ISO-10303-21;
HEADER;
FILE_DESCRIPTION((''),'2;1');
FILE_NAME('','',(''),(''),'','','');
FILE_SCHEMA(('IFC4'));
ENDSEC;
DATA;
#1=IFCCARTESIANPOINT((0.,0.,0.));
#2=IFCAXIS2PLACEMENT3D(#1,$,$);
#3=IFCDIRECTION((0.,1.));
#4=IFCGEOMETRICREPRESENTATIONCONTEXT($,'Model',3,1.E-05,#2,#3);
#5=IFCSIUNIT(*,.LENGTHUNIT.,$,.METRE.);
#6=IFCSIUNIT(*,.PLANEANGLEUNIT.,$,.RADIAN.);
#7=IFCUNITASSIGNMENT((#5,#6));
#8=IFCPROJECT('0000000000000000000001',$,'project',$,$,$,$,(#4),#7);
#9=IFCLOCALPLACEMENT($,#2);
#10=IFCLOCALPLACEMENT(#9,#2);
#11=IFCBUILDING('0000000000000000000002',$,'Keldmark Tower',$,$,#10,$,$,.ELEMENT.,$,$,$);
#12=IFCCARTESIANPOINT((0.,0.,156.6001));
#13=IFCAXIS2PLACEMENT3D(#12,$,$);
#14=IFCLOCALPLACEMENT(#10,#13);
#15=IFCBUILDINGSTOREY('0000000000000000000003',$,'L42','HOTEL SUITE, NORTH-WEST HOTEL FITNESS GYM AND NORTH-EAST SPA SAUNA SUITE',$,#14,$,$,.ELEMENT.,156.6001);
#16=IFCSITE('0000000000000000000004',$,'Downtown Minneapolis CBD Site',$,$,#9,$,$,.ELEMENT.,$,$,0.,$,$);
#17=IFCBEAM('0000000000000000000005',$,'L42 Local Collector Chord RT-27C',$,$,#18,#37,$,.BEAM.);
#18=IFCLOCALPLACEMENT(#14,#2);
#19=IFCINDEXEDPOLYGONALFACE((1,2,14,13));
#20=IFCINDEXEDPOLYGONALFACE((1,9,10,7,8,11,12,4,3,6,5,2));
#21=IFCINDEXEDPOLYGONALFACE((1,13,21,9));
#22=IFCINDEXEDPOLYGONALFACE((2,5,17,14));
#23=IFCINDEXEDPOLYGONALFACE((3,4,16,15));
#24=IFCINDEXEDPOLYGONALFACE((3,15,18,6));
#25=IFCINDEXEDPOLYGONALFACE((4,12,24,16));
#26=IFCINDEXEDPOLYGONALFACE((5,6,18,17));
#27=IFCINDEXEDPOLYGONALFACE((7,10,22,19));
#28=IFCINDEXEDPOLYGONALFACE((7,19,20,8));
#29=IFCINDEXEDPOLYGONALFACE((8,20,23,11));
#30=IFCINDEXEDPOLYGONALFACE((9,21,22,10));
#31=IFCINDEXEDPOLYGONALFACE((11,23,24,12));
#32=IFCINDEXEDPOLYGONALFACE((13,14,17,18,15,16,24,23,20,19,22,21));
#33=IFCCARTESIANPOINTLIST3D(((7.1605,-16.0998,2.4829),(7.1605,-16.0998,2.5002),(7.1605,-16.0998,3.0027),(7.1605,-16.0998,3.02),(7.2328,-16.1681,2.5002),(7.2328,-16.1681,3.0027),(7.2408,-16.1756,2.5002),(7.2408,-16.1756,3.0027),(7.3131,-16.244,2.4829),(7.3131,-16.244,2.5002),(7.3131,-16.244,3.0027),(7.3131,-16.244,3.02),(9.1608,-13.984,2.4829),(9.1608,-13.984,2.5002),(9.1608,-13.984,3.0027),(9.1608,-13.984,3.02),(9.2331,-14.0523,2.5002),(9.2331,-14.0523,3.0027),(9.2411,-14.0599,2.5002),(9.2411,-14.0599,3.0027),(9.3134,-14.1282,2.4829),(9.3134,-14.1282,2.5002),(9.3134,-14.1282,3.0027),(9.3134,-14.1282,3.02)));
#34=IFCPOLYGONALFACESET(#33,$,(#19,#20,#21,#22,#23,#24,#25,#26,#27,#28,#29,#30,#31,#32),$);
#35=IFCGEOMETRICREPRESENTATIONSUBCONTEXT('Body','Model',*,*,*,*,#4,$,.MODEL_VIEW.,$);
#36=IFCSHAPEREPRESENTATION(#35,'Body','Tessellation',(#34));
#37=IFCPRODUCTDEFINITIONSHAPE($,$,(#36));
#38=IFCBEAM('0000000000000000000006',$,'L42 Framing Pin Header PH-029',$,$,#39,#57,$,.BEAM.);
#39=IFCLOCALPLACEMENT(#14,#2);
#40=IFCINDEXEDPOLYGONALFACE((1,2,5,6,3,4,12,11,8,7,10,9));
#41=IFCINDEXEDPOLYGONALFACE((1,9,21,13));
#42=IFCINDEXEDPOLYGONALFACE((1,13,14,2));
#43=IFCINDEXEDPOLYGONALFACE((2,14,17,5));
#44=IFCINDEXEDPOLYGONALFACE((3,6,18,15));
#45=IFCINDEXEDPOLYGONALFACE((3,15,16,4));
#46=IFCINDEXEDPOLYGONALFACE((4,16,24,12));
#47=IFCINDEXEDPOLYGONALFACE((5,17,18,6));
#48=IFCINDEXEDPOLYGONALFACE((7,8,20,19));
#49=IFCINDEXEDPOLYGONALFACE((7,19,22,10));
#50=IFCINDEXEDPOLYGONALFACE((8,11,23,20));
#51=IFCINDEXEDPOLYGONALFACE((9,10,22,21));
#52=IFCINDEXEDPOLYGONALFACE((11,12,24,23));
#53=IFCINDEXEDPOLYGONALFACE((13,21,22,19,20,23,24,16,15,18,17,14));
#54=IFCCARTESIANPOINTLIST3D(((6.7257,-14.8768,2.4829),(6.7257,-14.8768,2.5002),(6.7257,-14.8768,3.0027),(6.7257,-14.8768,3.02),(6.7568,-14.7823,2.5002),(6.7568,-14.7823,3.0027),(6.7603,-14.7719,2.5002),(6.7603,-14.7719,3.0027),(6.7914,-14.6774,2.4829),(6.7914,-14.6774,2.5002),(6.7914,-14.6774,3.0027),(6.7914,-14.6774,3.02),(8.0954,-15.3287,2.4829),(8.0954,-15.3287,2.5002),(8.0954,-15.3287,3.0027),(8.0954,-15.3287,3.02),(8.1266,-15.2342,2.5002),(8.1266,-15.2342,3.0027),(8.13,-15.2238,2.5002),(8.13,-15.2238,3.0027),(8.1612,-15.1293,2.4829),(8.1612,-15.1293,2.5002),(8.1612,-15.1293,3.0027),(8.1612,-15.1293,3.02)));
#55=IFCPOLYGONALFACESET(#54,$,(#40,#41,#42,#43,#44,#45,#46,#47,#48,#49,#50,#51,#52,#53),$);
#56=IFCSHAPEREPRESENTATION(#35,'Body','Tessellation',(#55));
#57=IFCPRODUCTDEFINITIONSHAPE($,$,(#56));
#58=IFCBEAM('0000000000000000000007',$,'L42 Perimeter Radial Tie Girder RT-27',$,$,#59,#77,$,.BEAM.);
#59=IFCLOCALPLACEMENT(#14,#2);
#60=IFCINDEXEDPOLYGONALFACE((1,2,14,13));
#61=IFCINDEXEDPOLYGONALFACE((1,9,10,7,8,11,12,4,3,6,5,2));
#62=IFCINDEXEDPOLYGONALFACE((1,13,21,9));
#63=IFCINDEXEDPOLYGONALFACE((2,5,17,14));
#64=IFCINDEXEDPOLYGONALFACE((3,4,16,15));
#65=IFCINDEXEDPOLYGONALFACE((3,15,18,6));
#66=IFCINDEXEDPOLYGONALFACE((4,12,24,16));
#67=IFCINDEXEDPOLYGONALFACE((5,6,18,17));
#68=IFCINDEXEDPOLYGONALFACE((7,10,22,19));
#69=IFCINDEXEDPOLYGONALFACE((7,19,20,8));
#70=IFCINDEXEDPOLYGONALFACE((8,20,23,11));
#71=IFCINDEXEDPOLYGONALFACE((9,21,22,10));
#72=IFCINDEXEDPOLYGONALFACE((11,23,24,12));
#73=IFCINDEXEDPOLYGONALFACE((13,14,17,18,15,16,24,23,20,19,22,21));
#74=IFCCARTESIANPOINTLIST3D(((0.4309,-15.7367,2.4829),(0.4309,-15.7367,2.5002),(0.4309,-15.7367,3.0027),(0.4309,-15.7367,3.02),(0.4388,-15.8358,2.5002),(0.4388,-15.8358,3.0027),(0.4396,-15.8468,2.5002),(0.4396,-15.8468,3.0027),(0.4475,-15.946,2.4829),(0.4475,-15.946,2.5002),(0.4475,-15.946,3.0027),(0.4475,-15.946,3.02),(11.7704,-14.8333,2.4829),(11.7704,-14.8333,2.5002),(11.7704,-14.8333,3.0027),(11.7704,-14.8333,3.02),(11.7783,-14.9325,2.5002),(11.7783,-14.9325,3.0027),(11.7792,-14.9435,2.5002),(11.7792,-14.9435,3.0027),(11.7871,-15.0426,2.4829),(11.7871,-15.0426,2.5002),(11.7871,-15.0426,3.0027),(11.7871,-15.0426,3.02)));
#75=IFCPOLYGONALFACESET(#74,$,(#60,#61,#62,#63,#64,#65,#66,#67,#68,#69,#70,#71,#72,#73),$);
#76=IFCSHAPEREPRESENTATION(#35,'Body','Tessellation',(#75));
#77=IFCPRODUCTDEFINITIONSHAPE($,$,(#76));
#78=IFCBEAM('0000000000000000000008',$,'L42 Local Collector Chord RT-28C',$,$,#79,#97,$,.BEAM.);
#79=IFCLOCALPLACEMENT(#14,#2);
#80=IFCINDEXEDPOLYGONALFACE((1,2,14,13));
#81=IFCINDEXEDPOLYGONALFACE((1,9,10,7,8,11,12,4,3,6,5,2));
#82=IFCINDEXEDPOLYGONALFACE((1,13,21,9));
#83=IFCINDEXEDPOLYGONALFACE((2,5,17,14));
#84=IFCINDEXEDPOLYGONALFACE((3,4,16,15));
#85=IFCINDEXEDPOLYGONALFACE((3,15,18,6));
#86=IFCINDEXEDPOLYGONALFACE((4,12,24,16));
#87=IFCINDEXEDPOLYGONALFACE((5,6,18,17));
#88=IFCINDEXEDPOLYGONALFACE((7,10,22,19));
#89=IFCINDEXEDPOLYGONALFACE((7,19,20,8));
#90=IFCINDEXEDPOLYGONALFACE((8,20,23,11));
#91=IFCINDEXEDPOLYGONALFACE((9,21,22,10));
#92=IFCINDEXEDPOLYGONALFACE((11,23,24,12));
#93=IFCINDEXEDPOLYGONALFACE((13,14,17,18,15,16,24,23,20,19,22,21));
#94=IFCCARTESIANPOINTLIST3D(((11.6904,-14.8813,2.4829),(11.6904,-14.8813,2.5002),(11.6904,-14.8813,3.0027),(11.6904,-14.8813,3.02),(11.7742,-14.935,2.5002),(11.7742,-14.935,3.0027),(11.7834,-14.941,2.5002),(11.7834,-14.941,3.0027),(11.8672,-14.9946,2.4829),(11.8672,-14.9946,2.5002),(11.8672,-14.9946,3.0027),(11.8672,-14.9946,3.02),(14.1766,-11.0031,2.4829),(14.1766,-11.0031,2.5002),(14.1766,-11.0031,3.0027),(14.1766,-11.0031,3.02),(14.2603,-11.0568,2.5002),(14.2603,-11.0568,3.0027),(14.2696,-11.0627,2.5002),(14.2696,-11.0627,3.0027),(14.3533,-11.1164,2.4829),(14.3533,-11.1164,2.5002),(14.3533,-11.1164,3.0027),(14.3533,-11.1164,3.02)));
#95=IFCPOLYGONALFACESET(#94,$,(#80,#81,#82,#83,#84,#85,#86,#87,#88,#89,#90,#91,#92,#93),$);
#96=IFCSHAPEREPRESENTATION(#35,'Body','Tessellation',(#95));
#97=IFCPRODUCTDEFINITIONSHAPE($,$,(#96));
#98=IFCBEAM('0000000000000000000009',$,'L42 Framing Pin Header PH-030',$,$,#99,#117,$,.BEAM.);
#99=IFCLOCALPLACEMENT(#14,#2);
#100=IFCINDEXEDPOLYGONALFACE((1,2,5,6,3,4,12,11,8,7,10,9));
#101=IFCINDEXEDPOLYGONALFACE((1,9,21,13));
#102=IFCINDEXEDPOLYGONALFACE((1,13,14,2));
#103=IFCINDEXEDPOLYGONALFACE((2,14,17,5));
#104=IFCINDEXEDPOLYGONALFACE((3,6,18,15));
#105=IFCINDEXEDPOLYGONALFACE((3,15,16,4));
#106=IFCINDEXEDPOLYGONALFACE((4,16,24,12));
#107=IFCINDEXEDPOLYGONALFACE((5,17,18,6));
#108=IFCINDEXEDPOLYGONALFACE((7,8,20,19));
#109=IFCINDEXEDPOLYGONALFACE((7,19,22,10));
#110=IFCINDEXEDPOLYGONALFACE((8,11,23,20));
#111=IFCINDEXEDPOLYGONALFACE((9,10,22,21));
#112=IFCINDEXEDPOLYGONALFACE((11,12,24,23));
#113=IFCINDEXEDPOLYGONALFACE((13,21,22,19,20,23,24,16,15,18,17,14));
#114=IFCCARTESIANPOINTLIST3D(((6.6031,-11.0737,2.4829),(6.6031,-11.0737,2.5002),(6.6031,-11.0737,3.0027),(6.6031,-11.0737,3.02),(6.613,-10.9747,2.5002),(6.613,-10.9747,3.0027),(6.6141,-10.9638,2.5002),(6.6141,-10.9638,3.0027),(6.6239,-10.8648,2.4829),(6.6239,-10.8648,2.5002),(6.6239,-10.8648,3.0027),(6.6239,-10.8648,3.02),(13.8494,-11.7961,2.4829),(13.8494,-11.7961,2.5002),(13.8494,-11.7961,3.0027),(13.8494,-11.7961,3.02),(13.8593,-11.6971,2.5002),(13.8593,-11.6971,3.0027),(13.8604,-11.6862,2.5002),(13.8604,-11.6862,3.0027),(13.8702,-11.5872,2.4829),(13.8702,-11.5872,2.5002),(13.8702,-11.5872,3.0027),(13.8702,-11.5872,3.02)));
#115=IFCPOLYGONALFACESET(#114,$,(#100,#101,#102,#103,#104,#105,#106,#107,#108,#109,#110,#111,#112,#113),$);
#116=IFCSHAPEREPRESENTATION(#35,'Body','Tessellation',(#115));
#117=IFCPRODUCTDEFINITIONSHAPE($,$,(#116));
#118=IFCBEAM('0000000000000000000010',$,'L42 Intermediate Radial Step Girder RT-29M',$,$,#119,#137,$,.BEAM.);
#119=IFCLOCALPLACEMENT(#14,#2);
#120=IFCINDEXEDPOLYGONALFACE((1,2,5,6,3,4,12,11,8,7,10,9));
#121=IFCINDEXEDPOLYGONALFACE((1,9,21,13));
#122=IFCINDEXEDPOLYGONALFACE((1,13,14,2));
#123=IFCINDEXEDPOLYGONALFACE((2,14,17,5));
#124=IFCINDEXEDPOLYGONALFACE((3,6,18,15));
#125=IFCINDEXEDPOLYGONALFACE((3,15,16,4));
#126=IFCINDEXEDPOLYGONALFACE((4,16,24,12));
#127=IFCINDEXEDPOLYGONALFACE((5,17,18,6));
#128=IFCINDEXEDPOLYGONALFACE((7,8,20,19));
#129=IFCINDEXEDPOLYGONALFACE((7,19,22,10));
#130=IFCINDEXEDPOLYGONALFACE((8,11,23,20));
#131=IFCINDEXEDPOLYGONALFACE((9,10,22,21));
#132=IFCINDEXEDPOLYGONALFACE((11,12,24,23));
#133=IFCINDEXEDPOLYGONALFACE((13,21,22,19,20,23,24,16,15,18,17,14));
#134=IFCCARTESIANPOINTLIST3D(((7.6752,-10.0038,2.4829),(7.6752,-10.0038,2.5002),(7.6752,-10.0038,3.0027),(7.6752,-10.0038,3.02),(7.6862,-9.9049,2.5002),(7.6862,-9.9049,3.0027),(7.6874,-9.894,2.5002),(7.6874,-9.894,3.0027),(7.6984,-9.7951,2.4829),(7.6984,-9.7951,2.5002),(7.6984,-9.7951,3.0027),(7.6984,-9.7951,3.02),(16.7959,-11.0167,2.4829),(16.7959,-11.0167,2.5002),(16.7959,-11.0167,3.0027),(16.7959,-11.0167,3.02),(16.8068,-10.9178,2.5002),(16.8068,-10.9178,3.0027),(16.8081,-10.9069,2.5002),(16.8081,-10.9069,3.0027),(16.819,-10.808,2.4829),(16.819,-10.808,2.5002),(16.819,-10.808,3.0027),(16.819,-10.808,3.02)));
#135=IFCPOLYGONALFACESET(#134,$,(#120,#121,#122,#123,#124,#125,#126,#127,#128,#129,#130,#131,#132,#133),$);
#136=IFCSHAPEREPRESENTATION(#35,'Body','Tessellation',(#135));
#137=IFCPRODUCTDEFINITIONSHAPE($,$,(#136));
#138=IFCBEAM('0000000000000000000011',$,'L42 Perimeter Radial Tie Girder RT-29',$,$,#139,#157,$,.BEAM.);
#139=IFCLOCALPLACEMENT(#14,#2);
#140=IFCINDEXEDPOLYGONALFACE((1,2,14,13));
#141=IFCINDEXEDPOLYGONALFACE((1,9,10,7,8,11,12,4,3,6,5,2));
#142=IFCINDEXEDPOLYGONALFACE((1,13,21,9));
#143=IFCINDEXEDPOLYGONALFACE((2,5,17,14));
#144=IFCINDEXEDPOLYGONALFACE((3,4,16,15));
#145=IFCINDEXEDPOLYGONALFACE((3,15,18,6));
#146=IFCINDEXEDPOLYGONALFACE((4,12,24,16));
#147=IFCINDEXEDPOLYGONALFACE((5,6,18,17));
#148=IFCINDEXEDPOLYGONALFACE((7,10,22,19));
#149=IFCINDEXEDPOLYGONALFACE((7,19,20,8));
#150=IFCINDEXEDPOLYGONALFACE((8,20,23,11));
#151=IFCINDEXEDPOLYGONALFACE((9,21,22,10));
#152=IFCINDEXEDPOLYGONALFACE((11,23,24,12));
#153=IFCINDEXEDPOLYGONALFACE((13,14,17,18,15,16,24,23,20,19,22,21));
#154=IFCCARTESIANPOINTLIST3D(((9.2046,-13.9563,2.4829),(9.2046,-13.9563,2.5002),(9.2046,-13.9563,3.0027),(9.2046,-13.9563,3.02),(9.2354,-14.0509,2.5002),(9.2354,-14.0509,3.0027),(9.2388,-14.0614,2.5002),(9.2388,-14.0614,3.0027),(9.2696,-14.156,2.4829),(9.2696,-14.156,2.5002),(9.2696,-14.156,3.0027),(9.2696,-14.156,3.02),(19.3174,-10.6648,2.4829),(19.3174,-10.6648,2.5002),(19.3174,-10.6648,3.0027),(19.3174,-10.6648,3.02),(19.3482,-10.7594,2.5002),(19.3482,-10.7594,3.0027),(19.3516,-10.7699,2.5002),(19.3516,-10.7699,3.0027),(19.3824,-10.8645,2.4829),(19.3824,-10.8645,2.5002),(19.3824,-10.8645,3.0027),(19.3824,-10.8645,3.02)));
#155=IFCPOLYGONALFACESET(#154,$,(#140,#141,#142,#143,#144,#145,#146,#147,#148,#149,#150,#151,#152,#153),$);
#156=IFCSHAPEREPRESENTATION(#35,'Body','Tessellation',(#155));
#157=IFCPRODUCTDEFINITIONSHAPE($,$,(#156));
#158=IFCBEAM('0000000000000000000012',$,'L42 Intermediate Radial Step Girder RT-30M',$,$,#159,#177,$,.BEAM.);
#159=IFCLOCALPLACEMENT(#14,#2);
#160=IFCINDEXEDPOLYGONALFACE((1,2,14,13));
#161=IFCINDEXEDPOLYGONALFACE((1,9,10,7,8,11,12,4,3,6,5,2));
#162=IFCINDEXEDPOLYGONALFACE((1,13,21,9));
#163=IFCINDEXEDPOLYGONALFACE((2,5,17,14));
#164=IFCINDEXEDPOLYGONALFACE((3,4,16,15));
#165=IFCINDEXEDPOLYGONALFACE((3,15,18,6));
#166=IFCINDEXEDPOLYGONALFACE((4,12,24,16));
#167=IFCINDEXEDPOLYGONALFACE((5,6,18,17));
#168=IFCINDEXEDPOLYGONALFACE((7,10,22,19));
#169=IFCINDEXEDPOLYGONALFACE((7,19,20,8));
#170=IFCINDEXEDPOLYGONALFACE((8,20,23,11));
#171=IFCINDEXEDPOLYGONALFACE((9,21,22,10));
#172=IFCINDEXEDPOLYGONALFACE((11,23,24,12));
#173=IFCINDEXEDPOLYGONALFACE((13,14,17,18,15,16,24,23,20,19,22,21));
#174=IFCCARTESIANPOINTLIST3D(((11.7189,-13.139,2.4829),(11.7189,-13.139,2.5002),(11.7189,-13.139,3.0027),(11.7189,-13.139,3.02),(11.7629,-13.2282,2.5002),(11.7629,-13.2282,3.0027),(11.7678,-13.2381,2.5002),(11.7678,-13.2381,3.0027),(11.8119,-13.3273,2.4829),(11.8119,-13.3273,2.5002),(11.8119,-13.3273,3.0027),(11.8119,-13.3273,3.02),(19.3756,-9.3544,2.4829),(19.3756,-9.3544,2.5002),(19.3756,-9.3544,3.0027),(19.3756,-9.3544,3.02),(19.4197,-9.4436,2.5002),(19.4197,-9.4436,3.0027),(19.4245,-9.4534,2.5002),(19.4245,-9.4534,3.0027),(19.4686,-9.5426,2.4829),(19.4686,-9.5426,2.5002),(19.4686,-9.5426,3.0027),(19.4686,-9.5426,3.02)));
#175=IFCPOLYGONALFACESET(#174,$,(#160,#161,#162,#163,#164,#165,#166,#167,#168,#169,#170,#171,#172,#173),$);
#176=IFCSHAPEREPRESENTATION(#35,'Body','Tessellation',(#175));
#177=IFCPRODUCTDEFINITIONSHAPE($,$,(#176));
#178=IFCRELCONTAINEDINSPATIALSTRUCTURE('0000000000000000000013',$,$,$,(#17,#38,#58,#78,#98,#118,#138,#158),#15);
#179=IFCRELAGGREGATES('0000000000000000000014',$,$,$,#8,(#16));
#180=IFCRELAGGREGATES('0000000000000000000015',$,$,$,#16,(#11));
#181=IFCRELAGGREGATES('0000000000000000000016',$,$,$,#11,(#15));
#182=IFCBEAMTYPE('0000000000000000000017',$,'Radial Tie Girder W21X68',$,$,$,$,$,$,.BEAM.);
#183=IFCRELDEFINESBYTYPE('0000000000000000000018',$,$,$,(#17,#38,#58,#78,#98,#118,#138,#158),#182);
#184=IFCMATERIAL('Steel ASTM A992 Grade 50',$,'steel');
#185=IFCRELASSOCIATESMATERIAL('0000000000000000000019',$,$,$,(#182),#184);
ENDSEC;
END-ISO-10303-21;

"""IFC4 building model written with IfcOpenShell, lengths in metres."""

from ifc_helpers import new_model, si_unit, direction, frame, origin, origin_2d, place, context, subcontext, project, spatial, i_section, extrude, material, material_profile, profile_set, type_object, element, save


model = new_model("IFC4")

# Units and contexts
model_context = context("Model", 3, precision=1e-05, world=origin(), true_north=direction((0.0, 1.0)))
body_context = subcontext(model_context, "Body", "Model", "MODEL_VIEW")
ifc_project = project(units=[si_unit("LENGTHUNIT", "METRE"), si_unit("PLANEANGLEUNIT", "RADIAN")], contexts=[model_context])

# Site, building, storey
site_placement = place(None, origin())
site = spatial("IfcSite", under=ifc_project, at=site_placement, Name="Downtown Minneapolis CBD Site", CompositionType="ELEMENT", RefElevation=0.0)
building_placement = place(site_placement, origin())
building = spatial("IfcBuilding", under=site, at=building_placement, Name="Keldmark Tower", CompositionType="ELEMENT")
storey_placement = place(building_placement, frame((0.0, 0.0, 156.6001)))
storey = spatial("IfcBuildingStorey", under=building, at=storey_placement, Name="L42", Description="HOTEL SUITE, NORTH-WEST HOTEL FITNESS GYM AND NORTH-EAST SPA SAUNA SUITE", CompositionType="ELEMENT", Elevation=156.6001)

# Beams
ifc_material_1 = material(Name="Steel ASTM A992 Grade 50", Category="steel")
ifc_material_profile_1 = material_profile(ifc_material_1, i_section(OverallWidth=0.21, OverallDepth=0.5371, WebThickness=0.011, FlangeThickness=0.0173, at=origin_2d()), Name="W21X68")
ifc_profile_set_1 = profile_set([ifc_material_profile_1], Name="Steel ASTM A992 Grade 50")
beam_type_1 = type_object("IfcBeamType", Name="Radial Tie Girder W21X68", PredefinedType="BEAM", material=ifc_profile_set_1)
beam_1_placement = place(storey_placement, frame((7.2368, -16.1719, 2.7515), z_axis=(0.686998, 0.72666, 0.0), x_axis=(-0.72666, 0.686998, 0.0)))
element("IfcBeam", 1, at=beam_1_placement, inside=storey, type_object=beam_type_1, Name="L42 Local Collector Chord RT-27C", PredefinedType="BEAM", context=body_context, shape_type="SweptSolid", body=[
    extrude(i_section(OverallWidth=0.21, OverallDepth=0.5371, WebThickness=0.011, FlangeThickness=0.0173, at=origin_2d()), origin(), (0.0, 0.0, 1.0), 2.9116),
])
beam_2_placement = place(storey_placement, frame((6.7585, -14.7771, 2.7515), z_axis=(0.94966, -0.313281, 0.0), x_axis=(0.313281, 0.94966, 0.0)))
element("IfcBeam", 2, at=beam_2_placement, inside=storey, type_object=beam_type_1, Name="L42 Framing Pin Header PH-029", PredefinedType="BEAM", context=body_context, shape_type="SweptSolid", body=[
    extrude(i_section(OverallWidth=0.21, OverallDepth=0.5371, WebThickness=0.011, FlangeThickness=0.0173, at=origin_2d()), origin(), (0.0, 0.0, 1.0), 1.4424),
])
beam_3_placement = place(storey_placement, frame((0.4392, -15.8413, 2.7515), z_axis=(0.996842, 0.079409, 0.0), x_axis=(-0.079409, 0.996842, 0.0)))
element("IfcBeam", 3, at=beam_3_placement, inside=storey, type_object=beam_type_1, Name="L42 Perimeter Radial Tie Girder RT-27", PredefinedType="BEAM", context=body_context, shape_type="SweptSolid", body=[
    extrude(i_section(OverallWidth=0.21, OverallDepth=0.5371, WebThickness=0.011, FlangeThickness=0.0173, at=origin_2d()), origin(), (0.0, 0.0, 1.0), 11.3755),
])
beam_4_placement = place(storey_placement, frame((11.7788, -14.938, 2.7515), z_axis=(0.539678, 0.841872, 0.0), x_axis=(-0.841872, 0.539678, 0.0)))
element("IfcBeam", 4, at=beam_4_placement, inside=storey, type_object=beam_type_1, Name="L42 Local Collector Chord RT-28C", PredefinedType="BEAM", context=body_context, shape_type="SweptSolid", body=[
    extrude(i_section(OverallWidth=0.21, OverallDepth=0.5371, WebThickness=0.011, FlangeThickness=0.0173, at=origin_2d()), origin(), (0.0, 0.0, 1.0), 4.6067),
])
beam_5_placement = place(storey_placement, frame((6.6135, -10.9692, 2.7515), z_axis=(0.995067, -0.099202, 0.0), x_axis=(0.099202, 0.995067, 0.0)))
element("IfcBeam", 5, at=beam_5_placement, inside=storey, type_object=beam_type_1, Name="L42 Framing Pin Header PH-030", PredefinedType="BEAM", context=body_context, shape_type="SweptSolid", body=[
    extrude(i_section(OverallWidth=0.21, OverallDepth=0.5371, WebThickness=0.011, FlangeThickness=0.0173, at=origin_2d()), origin(), (0.0, 0.0, 1.0), 7.2822),
])
beam_6_placement = place(storey_placement, frame((7.6868, -9.8994, 2.7515), z_axis=(0.993889, -0.110382, 0.0), x_axis=(0.110382, 0.993889, 0.0)))
element("IfcBeam", 6, at=beam_6_placement, inside=storey, type_object=beam_type_1, Name="L42 Intermediate Radial Step Girder RT-29M", PredefinedType="BEAM", context=body_context, shape_type="SweptSolid", body=[
    extrude(i_section(OverallWidth=0.21, OverallDepth=0.5371, WebThickness=0.011, FlangeThickness=0.0173, at=origin_2d()), origin(), (0.0, 0.0, 1.0), 9.1768),
])
beam_7_placement = place(storey_placement, frame((9.2371, -14.0562, 2.7515), z_axis=(0.9509, 0.309498, 0.0), x_axis=(-0.309498, 0.9509, 0.0)))
element("IfcBeam", 7, at=beam_7_placement, inside=storey, type_object=beam_type_1, Name="L42 Perimeter Radial Tie Girder RT-29", PredefinedType="BEAM", context=body_context, shape_type="SweptSolid", body=[
    extrude(i_section(OverallWidth=0.21, OverallDepth=0.5371, WebThickness=0.011, FlangeThickness=0.0173, at=origin_2d()), origin(), (0.0, 0.0, 1.0), 10.635),
])
beam_8_placement = place(storey_placement, frame((11.7654, -13.2332, 2.7515), z_axis=(0.896464, 0.443116, 0.0), x_axis=(-0.443116, 0.896464, 0.0)))
element("IfcBeam", 8, at=beam_8_placement, inside=storey, type_object=beam_type_1, Name="L42 Intermediate Radial Step Girder RT-30M", PredefinedType="BEAM", context=body_context, shape_type="SweptSolid", body=[
    extrude(i_section(OverallWidth=0.21, OverallDepth=0.5371, WebThickness=0.011, FlangeThickness=0.0173, at=origin_2d()), origin(), (0.0, 0.0, 1.0), 8.541),
])

save(model, "model.ifc")
